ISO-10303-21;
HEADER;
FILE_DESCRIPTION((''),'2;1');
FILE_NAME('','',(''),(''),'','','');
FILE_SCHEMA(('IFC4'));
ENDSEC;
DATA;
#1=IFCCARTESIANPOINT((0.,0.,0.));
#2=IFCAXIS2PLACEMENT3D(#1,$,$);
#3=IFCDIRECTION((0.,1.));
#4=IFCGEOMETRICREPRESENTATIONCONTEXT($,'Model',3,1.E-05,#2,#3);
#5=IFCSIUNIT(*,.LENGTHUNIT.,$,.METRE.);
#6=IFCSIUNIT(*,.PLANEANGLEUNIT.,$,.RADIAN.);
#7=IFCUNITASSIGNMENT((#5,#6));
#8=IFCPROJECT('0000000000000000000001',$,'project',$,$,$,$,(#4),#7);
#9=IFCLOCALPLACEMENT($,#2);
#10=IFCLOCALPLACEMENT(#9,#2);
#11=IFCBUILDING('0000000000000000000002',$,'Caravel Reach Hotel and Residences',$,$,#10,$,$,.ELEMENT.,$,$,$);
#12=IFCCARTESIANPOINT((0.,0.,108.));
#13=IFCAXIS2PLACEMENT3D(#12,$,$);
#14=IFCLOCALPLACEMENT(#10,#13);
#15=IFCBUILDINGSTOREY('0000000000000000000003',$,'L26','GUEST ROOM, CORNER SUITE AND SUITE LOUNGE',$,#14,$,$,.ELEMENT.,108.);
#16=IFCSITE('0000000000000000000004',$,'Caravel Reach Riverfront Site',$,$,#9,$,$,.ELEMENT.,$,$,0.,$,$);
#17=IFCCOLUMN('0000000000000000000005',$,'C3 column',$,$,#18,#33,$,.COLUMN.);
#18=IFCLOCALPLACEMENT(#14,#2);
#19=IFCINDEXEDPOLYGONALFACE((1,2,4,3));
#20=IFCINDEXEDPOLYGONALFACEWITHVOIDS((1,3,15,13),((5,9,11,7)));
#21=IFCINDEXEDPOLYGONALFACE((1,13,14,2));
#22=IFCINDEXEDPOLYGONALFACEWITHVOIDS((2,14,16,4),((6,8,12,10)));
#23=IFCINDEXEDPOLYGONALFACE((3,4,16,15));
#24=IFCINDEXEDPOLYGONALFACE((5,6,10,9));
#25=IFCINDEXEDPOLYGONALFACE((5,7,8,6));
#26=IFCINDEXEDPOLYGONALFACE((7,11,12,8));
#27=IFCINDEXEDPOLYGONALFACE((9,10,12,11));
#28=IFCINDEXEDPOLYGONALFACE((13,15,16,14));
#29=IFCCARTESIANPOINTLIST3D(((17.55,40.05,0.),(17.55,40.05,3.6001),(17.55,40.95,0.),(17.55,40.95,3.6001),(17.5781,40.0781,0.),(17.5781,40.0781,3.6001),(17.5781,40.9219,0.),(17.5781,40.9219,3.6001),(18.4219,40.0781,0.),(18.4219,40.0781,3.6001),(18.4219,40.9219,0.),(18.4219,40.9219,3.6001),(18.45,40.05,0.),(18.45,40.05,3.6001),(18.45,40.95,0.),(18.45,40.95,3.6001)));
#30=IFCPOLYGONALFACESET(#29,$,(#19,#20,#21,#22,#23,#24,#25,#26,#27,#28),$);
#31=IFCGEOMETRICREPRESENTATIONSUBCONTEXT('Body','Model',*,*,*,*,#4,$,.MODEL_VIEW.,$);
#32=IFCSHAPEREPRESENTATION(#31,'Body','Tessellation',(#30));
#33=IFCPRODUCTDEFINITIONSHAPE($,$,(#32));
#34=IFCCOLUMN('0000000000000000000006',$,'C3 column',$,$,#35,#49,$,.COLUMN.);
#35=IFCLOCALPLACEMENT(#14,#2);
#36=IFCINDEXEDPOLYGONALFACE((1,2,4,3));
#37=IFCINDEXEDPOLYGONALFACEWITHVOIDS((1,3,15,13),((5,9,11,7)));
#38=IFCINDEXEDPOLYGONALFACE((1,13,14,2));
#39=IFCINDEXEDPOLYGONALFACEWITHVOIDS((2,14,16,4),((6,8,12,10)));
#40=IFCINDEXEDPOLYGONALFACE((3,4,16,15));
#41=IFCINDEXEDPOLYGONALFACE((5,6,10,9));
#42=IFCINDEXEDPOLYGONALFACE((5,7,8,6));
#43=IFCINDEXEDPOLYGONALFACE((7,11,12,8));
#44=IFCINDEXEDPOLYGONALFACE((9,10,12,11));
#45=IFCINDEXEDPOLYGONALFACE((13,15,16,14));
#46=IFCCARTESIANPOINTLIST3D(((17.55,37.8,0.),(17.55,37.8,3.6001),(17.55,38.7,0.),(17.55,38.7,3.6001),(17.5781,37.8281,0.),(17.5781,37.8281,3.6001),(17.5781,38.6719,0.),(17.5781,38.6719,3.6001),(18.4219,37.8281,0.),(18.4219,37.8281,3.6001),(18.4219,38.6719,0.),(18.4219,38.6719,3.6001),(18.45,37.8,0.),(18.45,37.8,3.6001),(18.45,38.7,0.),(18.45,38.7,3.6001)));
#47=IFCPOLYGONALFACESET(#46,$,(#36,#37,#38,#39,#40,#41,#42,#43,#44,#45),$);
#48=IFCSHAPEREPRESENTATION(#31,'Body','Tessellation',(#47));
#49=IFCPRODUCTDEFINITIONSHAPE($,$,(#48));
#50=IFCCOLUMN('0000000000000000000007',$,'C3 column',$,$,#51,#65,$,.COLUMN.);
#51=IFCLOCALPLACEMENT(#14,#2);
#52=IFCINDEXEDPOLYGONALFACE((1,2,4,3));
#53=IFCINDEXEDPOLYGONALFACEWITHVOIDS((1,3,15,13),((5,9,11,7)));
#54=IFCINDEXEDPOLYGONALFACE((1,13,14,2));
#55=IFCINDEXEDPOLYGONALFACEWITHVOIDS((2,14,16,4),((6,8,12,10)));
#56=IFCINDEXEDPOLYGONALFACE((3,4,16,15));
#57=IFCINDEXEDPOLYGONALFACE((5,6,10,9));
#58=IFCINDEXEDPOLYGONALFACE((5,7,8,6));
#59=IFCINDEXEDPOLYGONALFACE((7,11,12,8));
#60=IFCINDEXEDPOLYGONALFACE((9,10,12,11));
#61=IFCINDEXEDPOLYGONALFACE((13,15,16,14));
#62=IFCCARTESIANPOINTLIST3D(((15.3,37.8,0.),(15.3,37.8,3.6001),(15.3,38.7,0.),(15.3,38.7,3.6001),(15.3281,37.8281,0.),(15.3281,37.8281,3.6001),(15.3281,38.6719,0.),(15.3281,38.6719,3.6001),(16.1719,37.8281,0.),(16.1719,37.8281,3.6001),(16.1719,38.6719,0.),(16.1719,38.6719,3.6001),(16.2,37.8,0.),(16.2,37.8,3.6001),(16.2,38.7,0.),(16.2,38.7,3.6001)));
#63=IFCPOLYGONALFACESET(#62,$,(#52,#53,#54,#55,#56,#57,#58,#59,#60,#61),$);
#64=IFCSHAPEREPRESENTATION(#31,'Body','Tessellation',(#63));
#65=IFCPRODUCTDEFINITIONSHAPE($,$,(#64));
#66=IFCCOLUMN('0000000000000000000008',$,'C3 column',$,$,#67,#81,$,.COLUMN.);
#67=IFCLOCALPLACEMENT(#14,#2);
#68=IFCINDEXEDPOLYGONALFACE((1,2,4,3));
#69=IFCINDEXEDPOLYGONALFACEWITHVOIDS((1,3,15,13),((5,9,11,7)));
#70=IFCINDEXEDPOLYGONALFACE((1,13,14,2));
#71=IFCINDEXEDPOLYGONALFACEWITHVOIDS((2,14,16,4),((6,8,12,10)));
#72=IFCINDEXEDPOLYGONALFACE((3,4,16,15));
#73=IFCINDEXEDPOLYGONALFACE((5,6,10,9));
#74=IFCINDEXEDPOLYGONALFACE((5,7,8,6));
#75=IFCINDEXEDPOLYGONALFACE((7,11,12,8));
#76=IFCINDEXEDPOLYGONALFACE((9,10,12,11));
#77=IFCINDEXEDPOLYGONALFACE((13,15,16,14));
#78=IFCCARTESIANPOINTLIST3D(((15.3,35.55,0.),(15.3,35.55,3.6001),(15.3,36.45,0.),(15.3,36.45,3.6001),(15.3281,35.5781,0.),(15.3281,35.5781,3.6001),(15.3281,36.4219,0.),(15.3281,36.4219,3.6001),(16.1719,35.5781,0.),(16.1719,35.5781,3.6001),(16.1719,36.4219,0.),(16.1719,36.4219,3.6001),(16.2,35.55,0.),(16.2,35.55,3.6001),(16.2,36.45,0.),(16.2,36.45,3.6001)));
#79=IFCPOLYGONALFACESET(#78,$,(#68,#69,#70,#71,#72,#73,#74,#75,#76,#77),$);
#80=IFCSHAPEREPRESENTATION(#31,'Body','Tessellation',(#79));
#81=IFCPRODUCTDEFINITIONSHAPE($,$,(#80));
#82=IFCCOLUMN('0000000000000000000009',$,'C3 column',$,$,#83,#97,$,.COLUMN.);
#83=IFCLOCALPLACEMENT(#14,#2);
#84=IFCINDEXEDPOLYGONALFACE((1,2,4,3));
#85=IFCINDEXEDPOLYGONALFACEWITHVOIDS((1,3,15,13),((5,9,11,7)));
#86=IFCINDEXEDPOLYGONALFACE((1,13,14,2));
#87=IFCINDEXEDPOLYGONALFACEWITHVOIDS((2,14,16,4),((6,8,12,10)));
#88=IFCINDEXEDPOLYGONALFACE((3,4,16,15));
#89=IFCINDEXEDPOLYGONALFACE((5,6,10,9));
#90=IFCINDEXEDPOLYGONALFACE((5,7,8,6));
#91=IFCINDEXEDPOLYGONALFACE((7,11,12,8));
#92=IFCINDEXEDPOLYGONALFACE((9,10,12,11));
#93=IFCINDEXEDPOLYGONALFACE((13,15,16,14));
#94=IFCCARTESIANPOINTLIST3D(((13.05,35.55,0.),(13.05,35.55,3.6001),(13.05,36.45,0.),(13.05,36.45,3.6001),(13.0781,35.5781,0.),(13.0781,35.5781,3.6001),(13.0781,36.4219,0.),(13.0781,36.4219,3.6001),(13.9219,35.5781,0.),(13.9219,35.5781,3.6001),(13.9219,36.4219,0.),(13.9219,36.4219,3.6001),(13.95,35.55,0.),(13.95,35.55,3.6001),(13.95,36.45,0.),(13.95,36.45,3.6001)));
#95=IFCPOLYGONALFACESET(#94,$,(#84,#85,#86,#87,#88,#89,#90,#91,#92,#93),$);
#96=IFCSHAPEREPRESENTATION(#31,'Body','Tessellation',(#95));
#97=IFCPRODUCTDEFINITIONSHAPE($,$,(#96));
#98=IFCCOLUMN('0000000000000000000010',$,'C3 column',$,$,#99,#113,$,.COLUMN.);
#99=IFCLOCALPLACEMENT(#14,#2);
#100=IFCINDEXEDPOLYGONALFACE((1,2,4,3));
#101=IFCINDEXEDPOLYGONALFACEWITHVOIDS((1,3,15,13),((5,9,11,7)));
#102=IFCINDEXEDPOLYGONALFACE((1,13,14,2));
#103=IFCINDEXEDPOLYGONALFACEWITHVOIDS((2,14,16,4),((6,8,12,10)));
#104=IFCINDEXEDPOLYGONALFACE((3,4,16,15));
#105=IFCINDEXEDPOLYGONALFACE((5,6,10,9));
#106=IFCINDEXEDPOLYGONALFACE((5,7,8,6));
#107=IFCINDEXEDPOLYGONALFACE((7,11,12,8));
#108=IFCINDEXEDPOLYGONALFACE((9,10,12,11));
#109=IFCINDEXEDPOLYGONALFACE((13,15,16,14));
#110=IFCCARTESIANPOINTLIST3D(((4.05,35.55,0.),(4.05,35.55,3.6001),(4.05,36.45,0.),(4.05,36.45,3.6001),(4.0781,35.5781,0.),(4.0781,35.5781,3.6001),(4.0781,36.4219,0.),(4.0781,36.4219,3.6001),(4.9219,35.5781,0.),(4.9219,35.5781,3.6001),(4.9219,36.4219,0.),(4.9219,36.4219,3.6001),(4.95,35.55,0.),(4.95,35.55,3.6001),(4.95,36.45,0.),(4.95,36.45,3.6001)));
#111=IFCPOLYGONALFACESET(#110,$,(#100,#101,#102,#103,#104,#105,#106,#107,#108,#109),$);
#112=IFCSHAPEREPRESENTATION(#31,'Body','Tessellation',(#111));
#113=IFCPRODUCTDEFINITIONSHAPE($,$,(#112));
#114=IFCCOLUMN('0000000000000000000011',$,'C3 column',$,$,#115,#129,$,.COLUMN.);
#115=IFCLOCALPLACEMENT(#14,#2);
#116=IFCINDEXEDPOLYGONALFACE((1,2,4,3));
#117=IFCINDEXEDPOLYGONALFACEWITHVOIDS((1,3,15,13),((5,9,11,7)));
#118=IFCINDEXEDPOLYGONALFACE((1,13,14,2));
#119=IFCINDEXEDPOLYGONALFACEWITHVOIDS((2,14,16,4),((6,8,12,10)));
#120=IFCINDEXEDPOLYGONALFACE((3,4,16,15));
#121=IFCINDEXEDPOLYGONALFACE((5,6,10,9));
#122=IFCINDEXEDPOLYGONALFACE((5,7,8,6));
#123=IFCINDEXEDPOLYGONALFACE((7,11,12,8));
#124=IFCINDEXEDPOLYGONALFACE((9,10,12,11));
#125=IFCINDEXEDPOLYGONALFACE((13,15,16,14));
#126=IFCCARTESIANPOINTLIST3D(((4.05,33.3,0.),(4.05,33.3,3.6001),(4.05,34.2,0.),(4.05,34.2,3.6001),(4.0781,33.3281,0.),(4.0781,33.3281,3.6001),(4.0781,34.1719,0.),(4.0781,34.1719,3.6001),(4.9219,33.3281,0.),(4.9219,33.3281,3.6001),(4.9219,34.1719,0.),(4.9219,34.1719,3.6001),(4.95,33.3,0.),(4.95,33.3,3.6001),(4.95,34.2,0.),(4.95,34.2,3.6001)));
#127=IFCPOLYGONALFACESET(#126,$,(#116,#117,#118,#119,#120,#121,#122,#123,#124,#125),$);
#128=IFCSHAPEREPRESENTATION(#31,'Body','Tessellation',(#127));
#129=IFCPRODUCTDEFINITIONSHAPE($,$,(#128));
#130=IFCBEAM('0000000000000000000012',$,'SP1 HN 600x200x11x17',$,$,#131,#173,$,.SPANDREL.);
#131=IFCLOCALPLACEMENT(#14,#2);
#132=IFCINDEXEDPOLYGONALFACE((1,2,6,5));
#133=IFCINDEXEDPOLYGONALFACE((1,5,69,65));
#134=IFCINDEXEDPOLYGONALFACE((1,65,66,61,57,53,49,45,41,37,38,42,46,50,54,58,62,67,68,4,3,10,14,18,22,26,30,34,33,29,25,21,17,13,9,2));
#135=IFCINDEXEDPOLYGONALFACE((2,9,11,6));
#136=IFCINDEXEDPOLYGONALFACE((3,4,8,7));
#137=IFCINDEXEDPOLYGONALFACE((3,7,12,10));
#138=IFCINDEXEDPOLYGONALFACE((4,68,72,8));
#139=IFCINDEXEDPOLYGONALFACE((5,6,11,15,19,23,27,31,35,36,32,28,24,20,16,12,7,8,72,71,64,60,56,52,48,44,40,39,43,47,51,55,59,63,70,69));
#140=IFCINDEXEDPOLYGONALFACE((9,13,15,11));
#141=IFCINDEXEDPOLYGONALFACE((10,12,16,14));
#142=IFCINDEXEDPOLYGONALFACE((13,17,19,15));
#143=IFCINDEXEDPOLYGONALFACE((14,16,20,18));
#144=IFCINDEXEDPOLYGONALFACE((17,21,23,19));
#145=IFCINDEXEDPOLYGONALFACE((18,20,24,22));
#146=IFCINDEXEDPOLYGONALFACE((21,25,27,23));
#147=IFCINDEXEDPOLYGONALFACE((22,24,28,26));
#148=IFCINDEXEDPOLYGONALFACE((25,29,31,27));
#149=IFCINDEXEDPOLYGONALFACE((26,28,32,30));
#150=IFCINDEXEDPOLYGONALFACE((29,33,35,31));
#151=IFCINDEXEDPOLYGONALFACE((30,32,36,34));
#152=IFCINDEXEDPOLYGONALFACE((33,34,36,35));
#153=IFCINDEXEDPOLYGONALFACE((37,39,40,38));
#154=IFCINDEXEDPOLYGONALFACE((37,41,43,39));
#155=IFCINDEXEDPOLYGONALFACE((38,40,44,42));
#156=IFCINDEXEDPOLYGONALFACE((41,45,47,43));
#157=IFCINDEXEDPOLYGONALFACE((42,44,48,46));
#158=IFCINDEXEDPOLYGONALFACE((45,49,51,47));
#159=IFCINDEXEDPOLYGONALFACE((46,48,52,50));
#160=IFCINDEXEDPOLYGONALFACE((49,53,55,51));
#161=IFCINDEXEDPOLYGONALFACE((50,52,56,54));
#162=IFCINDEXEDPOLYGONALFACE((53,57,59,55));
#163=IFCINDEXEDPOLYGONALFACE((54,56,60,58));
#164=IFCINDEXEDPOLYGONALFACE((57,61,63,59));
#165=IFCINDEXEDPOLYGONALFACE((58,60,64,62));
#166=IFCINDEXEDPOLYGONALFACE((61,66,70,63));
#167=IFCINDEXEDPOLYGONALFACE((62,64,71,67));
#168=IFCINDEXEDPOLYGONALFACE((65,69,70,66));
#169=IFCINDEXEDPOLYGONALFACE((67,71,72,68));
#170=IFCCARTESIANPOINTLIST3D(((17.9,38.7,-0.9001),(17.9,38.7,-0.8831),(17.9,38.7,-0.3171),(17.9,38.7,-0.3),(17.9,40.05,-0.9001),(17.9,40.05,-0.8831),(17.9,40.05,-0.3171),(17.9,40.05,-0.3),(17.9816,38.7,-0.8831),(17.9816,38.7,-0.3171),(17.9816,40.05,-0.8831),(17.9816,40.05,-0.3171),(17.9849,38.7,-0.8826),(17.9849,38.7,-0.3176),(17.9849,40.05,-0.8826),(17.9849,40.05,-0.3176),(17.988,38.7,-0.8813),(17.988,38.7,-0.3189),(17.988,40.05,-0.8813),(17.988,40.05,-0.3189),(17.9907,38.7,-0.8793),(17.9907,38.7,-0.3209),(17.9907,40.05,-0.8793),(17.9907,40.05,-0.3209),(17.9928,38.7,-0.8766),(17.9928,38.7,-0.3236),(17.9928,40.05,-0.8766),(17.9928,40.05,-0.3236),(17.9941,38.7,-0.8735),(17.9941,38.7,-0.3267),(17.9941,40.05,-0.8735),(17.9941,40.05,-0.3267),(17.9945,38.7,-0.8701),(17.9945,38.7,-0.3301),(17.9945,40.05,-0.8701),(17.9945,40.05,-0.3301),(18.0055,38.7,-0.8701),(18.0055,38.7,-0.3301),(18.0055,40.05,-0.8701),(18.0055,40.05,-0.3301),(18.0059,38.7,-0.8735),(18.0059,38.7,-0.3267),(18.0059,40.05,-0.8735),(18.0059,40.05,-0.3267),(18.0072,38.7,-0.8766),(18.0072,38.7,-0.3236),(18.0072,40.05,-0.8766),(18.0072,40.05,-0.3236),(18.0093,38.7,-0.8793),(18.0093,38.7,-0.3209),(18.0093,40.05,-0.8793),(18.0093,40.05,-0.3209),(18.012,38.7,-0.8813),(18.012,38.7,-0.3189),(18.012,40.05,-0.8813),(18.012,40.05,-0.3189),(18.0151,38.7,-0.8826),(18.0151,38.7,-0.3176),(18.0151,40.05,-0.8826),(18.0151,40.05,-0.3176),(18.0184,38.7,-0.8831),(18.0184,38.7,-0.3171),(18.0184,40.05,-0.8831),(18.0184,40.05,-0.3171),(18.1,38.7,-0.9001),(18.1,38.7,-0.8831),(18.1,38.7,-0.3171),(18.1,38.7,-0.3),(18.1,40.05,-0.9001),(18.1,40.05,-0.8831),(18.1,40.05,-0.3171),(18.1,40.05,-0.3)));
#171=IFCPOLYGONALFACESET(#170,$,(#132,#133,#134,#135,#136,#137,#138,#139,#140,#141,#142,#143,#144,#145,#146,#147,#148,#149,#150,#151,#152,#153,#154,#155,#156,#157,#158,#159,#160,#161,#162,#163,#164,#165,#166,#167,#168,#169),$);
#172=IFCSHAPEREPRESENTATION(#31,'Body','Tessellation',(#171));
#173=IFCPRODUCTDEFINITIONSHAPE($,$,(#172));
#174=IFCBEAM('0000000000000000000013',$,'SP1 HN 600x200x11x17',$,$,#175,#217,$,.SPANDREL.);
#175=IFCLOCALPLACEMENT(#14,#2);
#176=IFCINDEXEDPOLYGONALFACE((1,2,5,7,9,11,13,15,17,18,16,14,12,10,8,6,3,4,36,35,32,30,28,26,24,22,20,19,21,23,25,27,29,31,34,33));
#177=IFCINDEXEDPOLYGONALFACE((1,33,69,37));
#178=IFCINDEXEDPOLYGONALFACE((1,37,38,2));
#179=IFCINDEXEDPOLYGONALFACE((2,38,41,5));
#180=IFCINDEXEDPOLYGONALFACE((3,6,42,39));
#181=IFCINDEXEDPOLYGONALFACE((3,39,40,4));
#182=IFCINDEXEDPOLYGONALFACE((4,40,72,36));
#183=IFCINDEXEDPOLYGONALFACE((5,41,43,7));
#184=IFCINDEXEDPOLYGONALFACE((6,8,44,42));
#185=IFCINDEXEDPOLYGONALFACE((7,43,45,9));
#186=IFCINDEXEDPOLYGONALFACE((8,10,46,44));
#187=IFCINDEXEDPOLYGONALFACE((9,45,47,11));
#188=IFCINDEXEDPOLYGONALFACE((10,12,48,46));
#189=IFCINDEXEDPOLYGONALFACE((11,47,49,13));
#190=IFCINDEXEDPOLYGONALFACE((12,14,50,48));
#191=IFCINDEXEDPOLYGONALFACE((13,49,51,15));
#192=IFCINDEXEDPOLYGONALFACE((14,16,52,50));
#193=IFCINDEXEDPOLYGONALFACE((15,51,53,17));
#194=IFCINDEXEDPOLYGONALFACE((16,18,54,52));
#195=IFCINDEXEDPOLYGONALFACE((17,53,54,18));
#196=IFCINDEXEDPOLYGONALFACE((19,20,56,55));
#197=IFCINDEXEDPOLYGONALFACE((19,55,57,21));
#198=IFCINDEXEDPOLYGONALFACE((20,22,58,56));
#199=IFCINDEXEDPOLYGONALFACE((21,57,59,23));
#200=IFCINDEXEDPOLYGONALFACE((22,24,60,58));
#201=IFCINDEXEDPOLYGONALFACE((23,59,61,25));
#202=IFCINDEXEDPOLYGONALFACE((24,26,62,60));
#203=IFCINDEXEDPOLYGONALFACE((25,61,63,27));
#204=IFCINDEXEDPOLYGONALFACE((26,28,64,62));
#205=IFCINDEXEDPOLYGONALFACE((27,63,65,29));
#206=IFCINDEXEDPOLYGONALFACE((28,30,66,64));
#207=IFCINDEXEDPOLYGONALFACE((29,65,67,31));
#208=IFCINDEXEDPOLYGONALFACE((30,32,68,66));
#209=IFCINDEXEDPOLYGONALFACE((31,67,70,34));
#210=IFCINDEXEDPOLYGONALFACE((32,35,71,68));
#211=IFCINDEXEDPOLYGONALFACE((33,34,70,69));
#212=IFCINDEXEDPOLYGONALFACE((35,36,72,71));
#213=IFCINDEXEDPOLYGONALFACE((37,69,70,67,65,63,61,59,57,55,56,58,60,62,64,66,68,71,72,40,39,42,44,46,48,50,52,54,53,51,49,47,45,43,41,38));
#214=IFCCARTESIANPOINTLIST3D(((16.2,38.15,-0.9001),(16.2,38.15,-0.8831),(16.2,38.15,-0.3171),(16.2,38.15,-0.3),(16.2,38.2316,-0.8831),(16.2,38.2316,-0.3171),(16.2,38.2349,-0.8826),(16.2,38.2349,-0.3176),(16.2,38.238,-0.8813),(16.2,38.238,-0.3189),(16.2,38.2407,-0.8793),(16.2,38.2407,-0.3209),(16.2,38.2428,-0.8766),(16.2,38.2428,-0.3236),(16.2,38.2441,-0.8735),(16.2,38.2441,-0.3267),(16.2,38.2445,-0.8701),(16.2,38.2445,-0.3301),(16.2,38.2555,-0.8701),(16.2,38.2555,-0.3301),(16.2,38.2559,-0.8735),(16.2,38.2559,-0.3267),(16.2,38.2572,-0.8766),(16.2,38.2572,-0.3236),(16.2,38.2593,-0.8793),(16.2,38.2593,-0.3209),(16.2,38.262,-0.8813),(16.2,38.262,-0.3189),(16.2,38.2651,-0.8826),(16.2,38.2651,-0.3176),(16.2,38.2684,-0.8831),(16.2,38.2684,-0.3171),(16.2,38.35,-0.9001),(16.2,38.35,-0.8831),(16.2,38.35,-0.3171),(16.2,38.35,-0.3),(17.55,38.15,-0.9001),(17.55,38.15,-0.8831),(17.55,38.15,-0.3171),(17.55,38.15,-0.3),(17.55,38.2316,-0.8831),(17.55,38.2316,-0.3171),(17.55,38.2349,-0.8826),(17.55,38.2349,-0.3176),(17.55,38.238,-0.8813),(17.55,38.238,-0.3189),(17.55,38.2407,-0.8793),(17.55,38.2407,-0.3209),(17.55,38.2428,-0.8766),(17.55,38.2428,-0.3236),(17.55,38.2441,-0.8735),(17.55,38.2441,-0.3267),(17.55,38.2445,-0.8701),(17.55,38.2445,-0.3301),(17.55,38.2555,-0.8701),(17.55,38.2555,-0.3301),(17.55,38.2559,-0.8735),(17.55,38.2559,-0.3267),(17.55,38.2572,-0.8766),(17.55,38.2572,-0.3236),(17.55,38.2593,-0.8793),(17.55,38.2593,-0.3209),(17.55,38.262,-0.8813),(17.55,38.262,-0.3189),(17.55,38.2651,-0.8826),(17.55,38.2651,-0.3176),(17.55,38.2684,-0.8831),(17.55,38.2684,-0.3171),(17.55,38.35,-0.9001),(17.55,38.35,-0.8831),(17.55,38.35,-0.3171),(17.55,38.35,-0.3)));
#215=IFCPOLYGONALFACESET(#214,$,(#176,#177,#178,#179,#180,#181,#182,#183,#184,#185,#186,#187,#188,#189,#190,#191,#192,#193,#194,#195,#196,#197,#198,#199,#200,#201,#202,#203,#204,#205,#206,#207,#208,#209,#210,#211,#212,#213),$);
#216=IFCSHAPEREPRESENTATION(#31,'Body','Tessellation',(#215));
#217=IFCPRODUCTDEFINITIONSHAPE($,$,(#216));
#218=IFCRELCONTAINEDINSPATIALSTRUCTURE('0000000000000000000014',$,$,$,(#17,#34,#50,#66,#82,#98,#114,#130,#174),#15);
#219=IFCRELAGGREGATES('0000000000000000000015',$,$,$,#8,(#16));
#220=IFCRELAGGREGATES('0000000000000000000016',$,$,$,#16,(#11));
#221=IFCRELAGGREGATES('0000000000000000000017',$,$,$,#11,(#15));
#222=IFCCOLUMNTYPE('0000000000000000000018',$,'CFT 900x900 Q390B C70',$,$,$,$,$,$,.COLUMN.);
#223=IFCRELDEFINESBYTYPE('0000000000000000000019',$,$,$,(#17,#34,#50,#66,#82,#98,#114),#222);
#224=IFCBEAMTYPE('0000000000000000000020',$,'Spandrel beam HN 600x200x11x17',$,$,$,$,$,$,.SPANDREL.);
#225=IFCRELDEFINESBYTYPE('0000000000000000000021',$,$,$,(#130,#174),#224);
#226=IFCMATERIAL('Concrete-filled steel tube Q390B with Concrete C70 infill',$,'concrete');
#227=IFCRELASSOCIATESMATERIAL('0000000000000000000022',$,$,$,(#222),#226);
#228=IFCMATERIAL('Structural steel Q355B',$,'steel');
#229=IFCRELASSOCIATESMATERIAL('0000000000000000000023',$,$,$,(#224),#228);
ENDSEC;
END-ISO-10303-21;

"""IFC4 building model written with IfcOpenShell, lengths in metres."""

from ifc_helpers import new_model, si_unit, direction, frame, origin, origin_2d, place, context, subcontext, project, spatial, hollow_rectangle, i_section, extrude, material, material_profile, profile_set, type_object, element, save


model = new_model("IFC4")

# Units and contexts
model_context = context("Model", 3, precision=1e-05, world=origin(), true_north=direction((0.0, 1.0)))
body_context = subcontext(model_context, "Body", "Model", "MODEL_VIEW")
ifc_project = project(units=[si_unit("LENGTHUNIT", "METRE"), si_unit("PLANEANGLEUNIT", "RADIAN")], contexts=[model_context])

# Site, building, storey
site_placement = place(None, origin())
site = spatial("IfcSite", under=ifc_project, at=site_placement, Name="Caravel Reach Riverfront Site", CompositionType="ELEMENT", RefElevation=0.0)
building_placement = place(site_placement, origin())
building = spatial("IfcBuilding", under=site, at=building_placement, Name="Caravel Reach Hotel and Residences", CompositionType="ELEMENT")
storey_placement = place(building_placement, frame((0.0, 0.0, 108.0)))
storey = spatial("IfcBuildingStorey", under=building, at=storey_placement, Name="L26", Description="GUEST ROOM, CORNER SUITE AND SUITE LOUNGE", CompositionType="ELEMENT", Elevation=108.0)

# Columns
ifc_material_1 = material(Name="Concrete-filled steel tube Q390B with Concrete C70 infill", Category="concrete")
ifc_material_profile_1 = material_profile(ifc_material_1, hollow_rectangle(XDim=0.8999, YDim=0.8999, WallThickness=0.0281, at=origin_2d()), Name="RHS 900x900x28")
ifc_profile_set_1 = profile_set([ifc_material_profile_1], Name="Concrete-filled steel tube Q390B with Concrete C70 infill")
column_type = type_object("IfcColumnType", Name="CFT 900x900 Q390B C70", PredefinedType="COLUMN", material=ifc_profile_set_1)
for number, where, z_axis, x_axis, name in (
    (1, (18.0, 40.5, 0.0), (0.0, 0.0, 1.0), (1.0, 0.0, 0.0), "C3 column"),
    (2, (18.0, 38.25, 0.0), (0.0, 0.0, 1.0), (1.0, 0.0, 0.0), "C3 column"),
    (3, (15.75, 38.25, 0.0), (0.0, 0.0, 1.0), (1.0, 0.0, 0.0), "C3 column"),
    (4, (15.75, 36.0, 0.0), (0.0, 0.0, 1.0), (1.0, 0.0, 0.0), "C3 column"),
    (5, (13.5, 36.0, 0.0), (0.0, 0.0, 1.0), (1.0, 0.0, 0.0), "C3 column"),
    (6, (4.5, 36.0, 0.0), (0.0, 0.0, 1.0), (1.0, 0.0, 0.0), "C3 column"),
    (7, (4.5, 33.75, 0.0), (0.0, 0.0, 1.0), (1.0, 0.0, 0.0), "C3 column"),
):
    element("IfcColumn", number, at=place(storey_placement, frame(where, z_axis=z_axis, x_axis=x_axis)), inside=storey, type_object=column_type, Name=name, PredefinedType="COLUMN", context=body_context, shape_type="SweptSolid", body=[
        extrude(hollow_rectangle(XDim=0.8999, YDim=0.8999, WallThickness=0.0281, at=origin_2d()), origin(), (0.0, 0.0, 1.0), 3.6001),
    ])

# Beams
ifc_material_2 = material(Name="Structural steel Q355B", Category="steel")
ifc_material_profile_2 = material_profile(ifc_material_2, i_section(OverallWidth=0.2, OverallDepth=0.6001, WebThickness=0.011, FlangeThickness=0.0171, FilletRadius=0.0129, at=origin_2d()), Name="HN 600x200x11x17")
ifc_profile_set_2 = profile_set([ifc_material_profile_2], Name="Structural steel Q355B")
beam_type = type_object("IfcBeamType", Name="Spandrel beam HN 600x200x11x17", PredefinedType="SPANDREL", material=ifc_profile_set_2)
for number, where, z_axis, x_axis, name in (
    (8, (18.0, 40.05, -0.6001), (0.0, -1.0, 0.0), (1.0, 0.0, 0.0), "SP1 HN 600x200x11x17"),
    (9, (17.55, 38.25, -0.6001), (-1.0, 0.0, 0.0), (0.0, -1.0, 0.0), "SP1 HN 600x200x11x17"),
):
    element("IfcBeam", number, at=place(storey_placement, frame(where, z_axis=z_axis, x_axis=x_axis)), inside=storey, type_object=beam_type, Name=name, PredefinedType="SPANDREL", context=body_context, shape_type="SweptSolid", body=[
        extrude(i_section(OverallWidth=0.2, OverallDepth=0.6001, WebThickness=0.011, FlangeThickness=0.0171, FilletRadius=0.0129, at=origin_2d()), origin(), (0.0, 0.0, 1.0), 1.3501),
    ])

save(model, "model.ifc")
